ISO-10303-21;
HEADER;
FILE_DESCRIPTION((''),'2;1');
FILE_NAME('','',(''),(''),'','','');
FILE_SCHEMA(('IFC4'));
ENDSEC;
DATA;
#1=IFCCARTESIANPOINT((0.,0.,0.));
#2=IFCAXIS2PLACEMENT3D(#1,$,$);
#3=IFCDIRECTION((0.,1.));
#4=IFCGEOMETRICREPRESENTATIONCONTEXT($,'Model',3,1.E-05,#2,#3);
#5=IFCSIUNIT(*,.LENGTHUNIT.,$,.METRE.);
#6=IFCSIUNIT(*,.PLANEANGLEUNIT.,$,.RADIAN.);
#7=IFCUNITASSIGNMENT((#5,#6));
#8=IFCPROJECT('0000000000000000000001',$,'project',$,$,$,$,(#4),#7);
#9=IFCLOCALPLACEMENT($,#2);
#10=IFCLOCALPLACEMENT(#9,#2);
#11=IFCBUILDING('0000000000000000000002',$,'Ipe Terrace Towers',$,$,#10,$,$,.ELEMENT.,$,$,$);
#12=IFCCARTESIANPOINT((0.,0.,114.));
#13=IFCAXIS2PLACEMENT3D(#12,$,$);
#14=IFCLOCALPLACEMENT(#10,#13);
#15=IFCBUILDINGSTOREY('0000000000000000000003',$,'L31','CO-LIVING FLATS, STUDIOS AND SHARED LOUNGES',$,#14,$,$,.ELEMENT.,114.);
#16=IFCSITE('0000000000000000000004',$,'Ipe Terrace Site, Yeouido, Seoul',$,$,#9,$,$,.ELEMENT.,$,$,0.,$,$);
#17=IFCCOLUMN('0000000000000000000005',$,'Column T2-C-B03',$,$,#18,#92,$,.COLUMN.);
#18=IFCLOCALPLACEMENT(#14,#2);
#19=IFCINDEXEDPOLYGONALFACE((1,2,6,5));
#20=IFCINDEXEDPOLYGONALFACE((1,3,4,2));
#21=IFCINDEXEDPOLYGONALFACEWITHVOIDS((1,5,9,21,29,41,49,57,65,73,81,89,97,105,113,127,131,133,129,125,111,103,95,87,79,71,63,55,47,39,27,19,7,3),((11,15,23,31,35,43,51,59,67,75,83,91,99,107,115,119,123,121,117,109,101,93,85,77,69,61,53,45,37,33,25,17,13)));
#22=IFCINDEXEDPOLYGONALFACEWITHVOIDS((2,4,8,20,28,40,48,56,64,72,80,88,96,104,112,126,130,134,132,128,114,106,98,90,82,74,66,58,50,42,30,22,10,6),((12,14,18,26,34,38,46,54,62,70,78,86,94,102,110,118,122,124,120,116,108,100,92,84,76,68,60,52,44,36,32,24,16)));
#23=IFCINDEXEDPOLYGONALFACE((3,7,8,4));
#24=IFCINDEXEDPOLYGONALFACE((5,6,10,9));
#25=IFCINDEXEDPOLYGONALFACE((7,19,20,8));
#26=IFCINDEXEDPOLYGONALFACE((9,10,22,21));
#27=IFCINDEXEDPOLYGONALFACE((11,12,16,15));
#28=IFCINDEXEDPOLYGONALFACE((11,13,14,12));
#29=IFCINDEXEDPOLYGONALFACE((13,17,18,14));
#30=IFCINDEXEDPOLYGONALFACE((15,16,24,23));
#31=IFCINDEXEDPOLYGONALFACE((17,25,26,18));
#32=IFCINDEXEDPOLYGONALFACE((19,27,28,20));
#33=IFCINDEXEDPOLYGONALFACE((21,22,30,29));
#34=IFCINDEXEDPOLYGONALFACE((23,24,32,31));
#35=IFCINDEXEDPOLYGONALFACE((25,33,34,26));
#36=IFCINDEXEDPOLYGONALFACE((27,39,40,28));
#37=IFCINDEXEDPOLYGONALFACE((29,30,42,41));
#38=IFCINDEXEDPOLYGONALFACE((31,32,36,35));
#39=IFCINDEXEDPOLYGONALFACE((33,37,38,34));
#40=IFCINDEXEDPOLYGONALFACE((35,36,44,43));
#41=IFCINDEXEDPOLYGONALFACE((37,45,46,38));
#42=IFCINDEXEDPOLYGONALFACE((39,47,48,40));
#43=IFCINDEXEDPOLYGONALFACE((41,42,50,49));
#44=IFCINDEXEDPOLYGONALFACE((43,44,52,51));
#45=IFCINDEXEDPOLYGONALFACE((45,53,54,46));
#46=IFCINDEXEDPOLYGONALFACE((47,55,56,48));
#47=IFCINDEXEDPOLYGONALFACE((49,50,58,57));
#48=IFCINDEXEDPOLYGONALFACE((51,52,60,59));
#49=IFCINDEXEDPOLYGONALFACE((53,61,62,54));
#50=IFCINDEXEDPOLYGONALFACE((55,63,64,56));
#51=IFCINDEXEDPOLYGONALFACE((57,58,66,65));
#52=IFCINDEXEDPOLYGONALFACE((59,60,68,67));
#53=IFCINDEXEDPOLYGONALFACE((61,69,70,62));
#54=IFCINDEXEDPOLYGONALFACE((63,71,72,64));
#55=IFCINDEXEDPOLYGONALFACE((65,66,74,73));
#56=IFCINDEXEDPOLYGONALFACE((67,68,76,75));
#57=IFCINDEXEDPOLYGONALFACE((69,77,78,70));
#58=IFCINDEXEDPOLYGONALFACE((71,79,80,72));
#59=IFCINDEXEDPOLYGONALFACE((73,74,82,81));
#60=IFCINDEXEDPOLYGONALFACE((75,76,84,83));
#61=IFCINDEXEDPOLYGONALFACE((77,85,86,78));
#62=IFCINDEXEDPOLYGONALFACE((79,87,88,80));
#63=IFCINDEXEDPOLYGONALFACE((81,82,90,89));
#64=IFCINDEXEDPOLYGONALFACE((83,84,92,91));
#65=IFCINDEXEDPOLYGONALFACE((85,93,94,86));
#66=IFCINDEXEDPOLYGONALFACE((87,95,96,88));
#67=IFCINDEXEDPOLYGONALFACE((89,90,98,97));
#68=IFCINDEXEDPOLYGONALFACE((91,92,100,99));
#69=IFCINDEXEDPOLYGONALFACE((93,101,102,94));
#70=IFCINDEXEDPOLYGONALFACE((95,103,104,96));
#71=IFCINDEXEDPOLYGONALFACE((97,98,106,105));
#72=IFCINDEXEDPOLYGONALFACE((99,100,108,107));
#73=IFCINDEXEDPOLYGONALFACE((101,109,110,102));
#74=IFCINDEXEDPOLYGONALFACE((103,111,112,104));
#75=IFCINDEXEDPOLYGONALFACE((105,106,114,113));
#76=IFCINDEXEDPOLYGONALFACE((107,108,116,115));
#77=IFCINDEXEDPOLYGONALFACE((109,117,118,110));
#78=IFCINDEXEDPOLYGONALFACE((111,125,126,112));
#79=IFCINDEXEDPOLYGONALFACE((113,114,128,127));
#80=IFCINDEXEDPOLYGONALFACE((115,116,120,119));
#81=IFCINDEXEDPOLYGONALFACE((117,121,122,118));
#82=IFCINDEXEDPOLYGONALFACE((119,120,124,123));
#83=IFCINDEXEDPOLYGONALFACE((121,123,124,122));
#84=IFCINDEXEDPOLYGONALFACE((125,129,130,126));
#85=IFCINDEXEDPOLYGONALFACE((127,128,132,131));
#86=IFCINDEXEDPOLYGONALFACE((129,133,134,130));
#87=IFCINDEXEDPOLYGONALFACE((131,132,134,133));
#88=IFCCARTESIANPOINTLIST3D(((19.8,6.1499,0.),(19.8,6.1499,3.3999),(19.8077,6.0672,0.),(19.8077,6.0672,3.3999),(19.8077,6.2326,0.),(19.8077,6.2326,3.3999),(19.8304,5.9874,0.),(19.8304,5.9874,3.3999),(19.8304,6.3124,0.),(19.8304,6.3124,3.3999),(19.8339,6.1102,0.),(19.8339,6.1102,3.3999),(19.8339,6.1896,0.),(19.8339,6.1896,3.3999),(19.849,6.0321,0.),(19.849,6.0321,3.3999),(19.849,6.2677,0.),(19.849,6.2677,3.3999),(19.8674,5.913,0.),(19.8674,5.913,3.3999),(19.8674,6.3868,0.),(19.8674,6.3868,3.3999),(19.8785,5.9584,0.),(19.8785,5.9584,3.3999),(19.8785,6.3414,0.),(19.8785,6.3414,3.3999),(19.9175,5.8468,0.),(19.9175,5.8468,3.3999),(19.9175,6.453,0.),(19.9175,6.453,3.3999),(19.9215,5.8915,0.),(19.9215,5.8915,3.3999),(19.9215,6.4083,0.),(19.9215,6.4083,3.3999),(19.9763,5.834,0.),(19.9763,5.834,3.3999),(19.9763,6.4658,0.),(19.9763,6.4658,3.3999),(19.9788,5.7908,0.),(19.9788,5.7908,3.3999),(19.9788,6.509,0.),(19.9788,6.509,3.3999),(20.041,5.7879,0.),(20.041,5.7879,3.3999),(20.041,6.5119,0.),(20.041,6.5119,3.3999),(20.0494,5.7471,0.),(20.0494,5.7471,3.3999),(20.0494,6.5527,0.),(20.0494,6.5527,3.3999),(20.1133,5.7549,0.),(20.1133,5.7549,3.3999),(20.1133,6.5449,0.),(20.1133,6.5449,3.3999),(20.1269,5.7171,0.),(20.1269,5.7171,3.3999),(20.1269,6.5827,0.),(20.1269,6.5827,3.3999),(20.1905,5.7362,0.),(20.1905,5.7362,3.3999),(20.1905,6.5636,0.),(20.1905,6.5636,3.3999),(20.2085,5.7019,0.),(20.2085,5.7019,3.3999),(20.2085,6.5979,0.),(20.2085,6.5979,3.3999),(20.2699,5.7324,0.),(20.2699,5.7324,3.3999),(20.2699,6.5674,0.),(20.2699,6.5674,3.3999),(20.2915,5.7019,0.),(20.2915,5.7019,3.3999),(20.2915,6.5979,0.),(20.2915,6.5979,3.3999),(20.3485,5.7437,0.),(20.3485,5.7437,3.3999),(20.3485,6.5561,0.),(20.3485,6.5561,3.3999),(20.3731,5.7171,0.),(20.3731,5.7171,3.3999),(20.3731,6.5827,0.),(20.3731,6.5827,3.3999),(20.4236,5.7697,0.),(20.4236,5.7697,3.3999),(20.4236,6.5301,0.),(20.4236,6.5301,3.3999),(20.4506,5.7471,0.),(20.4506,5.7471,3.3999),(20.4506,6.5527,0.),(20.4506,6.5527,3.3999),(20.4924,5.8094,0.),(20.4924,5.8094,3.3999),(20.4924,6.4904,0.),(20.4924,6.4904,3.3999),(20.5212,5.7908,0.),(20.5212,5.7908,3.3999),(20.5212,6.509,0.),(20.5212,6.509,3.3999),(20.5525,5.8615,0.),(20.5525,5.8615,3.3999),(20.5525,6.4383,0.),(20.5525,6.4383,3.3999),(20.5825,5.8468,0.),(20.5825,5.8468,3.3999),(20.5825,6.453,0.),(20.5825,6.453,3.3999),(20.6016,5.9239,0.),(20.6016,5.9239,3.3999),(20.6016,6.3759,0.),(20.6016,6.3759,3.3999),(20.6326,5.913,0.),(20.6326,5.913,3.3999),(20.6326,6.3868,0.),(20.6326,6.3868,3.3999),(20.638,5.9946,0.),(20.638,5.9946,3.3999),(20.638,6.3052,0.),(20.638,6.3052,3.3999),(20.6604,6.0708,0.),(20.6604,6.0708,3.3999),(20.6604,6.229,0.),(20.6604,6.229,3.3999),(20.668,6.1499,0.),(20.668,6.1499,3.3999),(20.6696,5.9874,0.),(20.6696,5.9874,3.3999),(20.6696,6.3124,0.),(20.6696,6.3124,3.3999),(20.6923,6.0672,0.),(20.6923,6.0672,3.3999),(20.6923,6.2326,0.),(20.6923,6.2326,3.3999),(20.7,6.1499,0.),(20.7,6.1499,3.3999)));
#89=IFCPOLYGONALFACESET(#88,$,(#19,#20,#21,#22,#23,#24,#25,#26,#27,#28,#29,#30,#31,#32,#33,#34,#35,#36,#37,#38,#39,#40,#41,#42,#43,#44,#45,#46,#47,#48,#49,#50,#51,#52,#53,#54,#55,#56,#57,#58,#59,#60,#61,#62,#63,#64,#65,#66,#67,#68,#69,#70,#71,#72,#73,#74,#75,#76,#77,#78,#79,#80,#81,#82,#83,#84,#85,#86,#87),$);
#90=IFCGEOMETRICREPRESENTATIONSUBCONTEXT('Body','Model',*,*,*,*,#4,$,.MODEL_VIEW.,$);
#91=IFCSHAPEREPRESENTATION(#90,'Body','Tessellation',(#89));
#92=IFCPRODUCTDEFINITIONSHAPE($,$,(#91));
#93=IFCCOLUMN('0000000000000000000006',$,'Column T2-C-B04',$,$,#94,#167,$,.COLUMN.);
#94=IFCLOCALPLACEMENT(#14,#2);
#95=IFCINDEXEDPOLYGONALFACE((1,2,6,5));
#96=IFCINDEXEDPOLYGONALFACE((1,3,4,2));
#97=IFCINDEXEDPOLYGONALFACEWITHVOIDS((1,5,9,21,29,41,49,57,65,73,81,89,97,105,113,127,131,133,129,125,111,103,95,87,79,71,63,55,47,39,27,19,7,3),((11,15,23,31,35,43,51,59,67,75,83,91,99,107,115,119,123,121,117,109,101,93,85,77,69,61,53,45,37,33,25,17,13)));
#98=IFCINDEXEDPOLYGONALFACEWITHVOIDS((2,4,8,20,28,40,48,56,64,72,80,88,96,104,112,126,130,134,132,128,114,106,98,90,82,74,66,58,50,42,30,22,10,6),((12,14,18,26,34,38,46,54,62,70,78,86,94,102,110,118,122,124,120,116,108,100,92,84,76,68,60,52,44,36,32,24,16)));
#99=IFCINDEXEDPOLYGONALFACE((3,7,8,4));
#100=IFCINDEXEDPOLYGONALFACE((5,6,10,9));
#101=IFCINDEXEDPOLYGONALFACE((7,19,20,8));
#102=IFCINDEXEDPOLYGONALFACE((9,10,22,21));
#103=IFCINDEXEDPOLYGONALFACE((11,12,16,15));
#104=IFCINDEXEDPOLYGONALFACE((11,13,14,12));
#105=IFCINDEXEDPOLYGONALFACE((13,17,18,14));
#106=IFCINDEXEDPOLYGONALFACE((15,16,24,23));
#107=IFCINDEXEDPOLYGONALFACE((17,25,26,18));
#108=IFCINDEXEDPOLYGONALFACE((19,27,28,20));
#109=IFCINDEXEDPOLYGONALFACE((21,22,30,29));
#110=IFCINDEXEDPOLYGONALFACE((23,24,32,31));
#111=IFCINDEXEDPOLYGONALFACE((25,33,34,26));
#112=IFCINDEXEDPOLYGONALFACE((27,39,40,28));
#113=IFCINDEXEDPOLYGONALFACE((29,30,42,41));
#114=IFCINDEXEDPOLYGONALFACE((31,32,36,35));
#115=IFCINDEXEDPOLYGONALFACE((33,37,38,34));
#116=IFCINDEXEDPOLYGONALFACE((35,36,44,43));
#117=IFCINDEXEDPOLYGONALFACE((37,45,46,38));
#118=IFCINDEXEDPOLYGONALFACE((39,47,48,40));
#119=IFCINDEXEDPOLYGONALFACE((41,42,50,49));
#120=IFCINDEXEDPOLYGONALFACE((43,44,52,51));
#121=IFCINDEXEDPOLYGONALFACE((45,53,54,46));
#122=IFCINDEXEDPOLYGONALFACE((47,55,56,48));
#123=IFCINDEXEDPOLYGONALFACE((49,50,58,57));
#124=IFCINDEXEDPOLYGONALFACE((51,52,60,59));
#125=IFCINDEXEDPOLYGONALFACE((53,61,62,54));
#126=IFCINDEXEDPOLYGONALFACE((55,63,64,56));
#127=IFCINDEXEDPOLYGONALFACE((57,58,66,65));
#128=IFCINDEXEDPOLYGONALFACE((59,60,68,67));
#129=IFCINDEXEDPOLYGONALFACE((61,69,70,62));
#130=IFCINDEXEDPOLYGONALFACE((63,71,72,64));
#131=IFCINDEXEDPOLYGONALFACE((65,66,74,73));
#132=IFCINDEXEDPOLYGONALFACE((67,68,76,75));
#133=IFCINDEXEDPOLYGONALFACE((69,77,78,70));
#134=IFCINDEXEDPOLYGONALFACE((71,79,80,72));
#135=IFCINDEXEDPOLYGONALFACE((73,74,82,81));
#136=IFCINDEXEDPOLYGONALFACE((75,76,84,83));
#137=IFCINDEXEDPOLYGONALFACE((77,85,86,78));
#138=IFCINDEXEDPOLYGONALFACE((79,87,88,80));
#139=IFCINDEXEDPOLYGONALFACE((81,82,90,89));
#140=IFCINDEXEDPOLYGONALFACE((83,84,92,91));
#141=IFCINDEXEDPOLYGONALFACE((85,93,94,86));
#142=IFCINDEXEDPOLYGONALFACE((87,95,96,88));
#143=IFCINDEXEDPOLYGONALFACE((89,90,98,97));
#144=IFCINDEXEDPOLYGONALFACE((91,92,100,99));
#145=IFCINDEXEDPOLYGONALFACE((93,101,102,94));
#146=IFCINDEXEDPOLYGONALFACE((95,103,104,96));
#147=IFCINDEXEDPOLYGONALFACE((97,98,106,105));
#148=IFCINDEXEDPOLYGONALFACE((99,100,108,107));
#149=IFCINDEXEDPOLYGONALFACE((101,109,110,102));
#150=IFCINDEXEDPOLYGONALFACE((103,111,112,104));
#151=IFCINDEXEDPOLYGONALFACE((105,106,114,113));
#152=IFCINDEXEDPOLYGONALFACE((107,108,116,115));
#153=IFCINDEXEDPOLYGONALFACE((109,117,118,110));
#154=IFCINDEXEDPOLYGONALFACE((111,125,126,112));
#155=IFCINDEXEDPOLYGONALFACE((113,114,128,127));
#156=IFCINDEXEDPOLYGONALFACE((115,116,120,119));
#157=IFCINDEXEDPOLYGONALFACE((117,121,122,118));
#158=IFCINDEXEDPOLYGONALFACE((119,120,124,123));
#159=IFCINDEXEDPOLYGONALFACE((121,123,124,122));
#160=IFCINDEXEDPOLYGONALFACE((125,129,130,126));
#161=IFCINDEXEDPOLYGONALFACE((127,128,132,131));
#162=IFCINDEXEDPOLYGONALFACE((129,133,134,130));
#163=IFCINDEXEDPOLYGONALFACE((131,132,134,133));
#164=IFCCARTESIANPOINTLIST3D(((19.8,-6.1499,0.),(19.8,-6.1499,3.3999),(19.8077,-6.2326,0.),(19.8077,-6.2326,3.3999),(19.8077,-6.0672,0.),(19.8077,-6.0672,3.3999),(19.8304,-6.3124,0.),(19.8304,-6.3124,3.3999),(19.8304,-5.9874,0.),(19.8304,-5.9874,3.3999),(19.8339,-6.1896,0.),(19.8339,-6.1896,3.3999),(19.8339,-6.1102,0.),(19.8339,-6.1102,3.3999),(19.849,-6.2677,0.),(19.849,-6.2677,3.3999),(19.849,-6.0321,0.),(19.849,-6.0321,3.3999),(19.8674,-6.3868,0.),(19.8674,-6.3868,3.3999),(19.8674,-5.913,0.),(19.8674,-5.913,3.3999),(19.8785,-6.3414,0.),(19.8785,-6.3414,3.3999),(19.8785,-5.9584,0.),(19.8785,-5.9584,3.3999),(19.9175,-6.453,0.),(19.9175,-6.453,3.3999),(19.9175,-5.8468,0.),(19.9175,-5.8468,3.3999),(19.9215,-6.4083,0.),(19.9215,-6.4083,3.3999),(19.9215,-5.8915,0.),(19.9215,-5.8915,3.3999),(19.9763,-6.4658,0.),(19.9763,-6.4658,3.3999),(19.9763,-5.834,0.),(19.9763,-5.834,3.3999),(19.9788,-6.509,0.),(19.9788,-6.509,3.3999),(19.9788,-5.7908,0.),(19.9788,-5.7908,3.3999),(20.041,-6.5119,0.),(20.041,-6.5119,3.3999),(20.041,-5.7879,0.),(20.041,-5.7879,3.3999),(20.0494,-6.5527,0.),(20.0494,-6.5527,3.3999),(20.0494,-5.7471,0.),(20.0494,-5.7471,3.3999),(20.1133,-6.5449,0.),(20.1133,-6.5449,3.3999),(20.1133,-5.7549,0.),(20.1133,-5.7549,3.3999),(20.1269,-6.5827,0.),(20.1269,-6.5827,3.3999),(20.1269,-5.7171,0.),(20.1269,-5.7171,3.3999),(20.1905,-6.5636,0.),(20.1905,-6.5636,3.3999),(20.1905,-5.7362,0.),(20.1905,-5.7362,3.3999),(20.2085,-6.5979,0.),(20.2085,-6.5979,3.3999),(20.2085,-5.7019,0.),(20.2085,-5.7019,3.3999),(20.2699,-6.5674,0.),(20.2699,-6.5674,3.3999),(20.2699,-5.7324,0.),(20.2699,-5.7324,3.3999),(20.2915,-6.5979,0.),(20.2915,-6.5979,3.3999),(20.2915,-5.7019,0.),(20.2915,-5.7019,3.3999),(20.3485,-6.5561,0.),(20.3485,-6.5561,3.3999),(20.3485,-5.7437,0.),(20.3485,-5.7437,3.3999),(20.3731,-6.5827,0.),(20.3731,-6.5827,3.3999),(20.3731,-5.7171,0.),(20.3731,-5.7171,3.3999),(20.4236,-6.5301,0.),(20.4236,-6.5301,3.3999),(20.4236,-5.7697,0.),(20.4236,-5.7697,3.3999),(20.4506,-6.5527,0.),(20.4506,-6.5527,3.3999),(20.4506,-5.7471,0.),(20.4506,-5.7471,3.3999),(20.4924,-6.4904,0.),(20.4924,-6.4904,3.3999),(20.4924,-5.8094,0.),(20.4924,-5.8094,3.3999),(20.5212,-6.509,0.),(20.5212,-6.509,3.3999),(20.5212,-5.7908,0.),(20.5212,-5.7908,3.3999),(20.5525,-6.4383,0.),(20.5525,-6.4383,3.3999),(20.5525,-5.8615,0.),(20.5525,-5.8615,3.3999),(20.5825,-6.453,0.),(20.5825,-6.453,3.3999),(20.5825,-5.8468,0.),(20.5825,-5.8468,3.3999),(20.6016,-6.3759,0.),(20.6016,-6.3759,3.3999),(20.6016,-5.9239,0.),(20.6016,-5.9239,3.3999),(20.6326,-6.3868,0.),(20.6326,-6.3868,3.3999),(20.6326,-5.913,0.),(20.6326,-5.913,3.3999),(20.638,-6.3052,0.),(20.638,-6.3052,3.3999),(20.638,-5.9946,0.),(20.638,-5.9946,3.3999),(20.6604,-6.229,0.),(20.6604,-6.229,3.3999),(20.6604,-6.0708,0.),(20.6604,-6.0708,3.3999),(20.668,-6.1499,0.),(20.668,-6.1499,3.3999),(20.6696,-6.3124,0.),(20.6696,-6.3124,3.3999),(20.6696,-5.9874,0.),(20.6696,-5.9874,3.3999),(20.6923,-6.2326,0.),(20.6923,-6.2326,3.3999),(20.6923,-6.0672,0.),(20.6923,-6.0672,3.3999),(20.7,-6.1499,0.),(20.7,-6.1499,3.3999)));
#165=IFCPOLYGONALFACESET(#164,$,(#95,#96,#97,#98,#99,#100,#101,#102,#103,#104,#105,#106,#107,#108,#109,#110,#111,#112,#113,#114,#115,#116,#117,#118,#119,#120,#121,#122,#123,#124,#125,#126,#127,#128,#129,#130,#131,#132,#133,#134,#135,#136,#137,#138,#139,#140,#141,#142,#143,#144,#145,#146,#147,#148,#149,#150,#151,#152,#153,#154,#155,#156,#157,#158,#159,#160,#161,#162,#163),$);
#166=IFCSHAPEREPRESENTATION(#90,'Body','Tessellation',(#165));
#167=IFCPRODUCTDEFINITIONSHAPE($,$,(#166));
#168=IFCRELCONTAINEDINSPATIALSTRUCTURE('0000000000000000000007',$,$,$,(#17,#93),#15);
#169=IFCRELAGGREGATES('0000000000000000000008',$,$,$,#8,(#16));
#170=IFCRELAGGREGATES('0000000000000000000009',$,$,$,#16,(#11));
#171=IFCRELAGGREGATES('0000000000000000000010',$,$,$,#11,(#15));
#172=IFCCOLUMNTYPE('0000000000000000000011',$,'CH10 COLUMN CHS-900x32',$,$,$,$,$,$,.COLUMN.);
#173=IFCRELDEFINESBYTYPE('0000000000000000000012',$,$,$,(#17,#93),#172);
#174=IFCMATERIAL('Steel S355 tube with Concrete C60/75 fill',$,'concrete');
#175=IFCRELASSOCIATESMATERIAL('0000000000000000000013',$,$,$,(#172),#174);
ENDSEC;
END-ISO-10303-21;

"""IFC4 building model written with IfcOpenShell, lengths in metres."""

from ifc_helpers import new_model, si_unit, direction, frame, origin, origin_2d, place, context, subcontext, project, spatial, hollow_circle, extrude, material, material_profile, profile_set, type_object, element, save


model = new_model("IFC4")

# Units and contexts
model_context = context("Model", 3, precision=1e-05, world=origin(), true_north=direction((0.0, 1.0)))
body_context = subcontext(model_context, "Body", "Model", "MODEL_VIEW")
ifc_project = project(units=[si_unit("LENGTHUNIT", "METRE"), si_unit("PLANEANGLEUNIT", "RADIAN")], contexts=[model_context])

# Site, building, storey
site_placement = place(None, origin())
site = spatial("IfcSite", under=ifc_project, at=site_placement, Name="Ipe Terrace Site, Yeouido, Seoul", CompositionType="ELEMENT", RefElevation=0.0)
building_placement = place(site_placement, origin())
building = spatial("IfcBuilding", under=site, at=building_placement, Name="Ipe Terrace Towers", CompositionType="ELEMENT")
storey_placement = place(building_placement, frame((0.0, 0.0, 114.0)))
storey = spatial("IfcBuildingStorey", under=building, at=storey_placement, Name="L31", Description="CO-LIVING FLATS, STUDIOS AND SHARED LOUNGES", CompositionType="ELEMENT", Elevation=114.0)

# Columns
ifc_material_1 = material(Name="Steel S355 tube with Concrete C60/75 fill", Category="concrete")
ifc_material_profile_1 = material_profile(ifc_material_1, hollow_circle(Radius=0.45, WallThickness=0.032, at=origin_2d()), Name="CHS-900x32")
ifc_profile_set_1 = profile_set([ifc_material_profile_1], Name="Steel S355 tube with Concrete C60/75 fill")
column_type = type_object("IfcColumnType", Name="CH10 COLUMN CHS-900x32", PredefinedType="COLUMN", material=ifc_profile_set_1)
for number, where, z_axis, x_axis, name in (
    (1, (20.25, 6.1499, 0.0), (0.0, 0.0, 1.0), (1.0, 0.0, 0.0), "Column T2-C-B03"),
    (2, (20.25, -6.1499, 0.0), (0.0, 0.0, 1.0), (1.0, 0.0, 0.0), "Column T2-C-B04"),
):
    element("IfcColumn", number, at=place(storey_placement, frame(where, z_axis=z_axis, x_axis=x_axis)), inside=storey, type_object=column_type, Name=name, PredefinedType="COLUMN", context=body_context, shape_type="SweptSolid", body=[
        extrude(hollow_circle(Radius=0.45, WallThickness=0.032, at=origin_2d()), origin(), (0.0, 0.0, 1.0), 3.3999),
    ])

save(model, "model.ifc")
